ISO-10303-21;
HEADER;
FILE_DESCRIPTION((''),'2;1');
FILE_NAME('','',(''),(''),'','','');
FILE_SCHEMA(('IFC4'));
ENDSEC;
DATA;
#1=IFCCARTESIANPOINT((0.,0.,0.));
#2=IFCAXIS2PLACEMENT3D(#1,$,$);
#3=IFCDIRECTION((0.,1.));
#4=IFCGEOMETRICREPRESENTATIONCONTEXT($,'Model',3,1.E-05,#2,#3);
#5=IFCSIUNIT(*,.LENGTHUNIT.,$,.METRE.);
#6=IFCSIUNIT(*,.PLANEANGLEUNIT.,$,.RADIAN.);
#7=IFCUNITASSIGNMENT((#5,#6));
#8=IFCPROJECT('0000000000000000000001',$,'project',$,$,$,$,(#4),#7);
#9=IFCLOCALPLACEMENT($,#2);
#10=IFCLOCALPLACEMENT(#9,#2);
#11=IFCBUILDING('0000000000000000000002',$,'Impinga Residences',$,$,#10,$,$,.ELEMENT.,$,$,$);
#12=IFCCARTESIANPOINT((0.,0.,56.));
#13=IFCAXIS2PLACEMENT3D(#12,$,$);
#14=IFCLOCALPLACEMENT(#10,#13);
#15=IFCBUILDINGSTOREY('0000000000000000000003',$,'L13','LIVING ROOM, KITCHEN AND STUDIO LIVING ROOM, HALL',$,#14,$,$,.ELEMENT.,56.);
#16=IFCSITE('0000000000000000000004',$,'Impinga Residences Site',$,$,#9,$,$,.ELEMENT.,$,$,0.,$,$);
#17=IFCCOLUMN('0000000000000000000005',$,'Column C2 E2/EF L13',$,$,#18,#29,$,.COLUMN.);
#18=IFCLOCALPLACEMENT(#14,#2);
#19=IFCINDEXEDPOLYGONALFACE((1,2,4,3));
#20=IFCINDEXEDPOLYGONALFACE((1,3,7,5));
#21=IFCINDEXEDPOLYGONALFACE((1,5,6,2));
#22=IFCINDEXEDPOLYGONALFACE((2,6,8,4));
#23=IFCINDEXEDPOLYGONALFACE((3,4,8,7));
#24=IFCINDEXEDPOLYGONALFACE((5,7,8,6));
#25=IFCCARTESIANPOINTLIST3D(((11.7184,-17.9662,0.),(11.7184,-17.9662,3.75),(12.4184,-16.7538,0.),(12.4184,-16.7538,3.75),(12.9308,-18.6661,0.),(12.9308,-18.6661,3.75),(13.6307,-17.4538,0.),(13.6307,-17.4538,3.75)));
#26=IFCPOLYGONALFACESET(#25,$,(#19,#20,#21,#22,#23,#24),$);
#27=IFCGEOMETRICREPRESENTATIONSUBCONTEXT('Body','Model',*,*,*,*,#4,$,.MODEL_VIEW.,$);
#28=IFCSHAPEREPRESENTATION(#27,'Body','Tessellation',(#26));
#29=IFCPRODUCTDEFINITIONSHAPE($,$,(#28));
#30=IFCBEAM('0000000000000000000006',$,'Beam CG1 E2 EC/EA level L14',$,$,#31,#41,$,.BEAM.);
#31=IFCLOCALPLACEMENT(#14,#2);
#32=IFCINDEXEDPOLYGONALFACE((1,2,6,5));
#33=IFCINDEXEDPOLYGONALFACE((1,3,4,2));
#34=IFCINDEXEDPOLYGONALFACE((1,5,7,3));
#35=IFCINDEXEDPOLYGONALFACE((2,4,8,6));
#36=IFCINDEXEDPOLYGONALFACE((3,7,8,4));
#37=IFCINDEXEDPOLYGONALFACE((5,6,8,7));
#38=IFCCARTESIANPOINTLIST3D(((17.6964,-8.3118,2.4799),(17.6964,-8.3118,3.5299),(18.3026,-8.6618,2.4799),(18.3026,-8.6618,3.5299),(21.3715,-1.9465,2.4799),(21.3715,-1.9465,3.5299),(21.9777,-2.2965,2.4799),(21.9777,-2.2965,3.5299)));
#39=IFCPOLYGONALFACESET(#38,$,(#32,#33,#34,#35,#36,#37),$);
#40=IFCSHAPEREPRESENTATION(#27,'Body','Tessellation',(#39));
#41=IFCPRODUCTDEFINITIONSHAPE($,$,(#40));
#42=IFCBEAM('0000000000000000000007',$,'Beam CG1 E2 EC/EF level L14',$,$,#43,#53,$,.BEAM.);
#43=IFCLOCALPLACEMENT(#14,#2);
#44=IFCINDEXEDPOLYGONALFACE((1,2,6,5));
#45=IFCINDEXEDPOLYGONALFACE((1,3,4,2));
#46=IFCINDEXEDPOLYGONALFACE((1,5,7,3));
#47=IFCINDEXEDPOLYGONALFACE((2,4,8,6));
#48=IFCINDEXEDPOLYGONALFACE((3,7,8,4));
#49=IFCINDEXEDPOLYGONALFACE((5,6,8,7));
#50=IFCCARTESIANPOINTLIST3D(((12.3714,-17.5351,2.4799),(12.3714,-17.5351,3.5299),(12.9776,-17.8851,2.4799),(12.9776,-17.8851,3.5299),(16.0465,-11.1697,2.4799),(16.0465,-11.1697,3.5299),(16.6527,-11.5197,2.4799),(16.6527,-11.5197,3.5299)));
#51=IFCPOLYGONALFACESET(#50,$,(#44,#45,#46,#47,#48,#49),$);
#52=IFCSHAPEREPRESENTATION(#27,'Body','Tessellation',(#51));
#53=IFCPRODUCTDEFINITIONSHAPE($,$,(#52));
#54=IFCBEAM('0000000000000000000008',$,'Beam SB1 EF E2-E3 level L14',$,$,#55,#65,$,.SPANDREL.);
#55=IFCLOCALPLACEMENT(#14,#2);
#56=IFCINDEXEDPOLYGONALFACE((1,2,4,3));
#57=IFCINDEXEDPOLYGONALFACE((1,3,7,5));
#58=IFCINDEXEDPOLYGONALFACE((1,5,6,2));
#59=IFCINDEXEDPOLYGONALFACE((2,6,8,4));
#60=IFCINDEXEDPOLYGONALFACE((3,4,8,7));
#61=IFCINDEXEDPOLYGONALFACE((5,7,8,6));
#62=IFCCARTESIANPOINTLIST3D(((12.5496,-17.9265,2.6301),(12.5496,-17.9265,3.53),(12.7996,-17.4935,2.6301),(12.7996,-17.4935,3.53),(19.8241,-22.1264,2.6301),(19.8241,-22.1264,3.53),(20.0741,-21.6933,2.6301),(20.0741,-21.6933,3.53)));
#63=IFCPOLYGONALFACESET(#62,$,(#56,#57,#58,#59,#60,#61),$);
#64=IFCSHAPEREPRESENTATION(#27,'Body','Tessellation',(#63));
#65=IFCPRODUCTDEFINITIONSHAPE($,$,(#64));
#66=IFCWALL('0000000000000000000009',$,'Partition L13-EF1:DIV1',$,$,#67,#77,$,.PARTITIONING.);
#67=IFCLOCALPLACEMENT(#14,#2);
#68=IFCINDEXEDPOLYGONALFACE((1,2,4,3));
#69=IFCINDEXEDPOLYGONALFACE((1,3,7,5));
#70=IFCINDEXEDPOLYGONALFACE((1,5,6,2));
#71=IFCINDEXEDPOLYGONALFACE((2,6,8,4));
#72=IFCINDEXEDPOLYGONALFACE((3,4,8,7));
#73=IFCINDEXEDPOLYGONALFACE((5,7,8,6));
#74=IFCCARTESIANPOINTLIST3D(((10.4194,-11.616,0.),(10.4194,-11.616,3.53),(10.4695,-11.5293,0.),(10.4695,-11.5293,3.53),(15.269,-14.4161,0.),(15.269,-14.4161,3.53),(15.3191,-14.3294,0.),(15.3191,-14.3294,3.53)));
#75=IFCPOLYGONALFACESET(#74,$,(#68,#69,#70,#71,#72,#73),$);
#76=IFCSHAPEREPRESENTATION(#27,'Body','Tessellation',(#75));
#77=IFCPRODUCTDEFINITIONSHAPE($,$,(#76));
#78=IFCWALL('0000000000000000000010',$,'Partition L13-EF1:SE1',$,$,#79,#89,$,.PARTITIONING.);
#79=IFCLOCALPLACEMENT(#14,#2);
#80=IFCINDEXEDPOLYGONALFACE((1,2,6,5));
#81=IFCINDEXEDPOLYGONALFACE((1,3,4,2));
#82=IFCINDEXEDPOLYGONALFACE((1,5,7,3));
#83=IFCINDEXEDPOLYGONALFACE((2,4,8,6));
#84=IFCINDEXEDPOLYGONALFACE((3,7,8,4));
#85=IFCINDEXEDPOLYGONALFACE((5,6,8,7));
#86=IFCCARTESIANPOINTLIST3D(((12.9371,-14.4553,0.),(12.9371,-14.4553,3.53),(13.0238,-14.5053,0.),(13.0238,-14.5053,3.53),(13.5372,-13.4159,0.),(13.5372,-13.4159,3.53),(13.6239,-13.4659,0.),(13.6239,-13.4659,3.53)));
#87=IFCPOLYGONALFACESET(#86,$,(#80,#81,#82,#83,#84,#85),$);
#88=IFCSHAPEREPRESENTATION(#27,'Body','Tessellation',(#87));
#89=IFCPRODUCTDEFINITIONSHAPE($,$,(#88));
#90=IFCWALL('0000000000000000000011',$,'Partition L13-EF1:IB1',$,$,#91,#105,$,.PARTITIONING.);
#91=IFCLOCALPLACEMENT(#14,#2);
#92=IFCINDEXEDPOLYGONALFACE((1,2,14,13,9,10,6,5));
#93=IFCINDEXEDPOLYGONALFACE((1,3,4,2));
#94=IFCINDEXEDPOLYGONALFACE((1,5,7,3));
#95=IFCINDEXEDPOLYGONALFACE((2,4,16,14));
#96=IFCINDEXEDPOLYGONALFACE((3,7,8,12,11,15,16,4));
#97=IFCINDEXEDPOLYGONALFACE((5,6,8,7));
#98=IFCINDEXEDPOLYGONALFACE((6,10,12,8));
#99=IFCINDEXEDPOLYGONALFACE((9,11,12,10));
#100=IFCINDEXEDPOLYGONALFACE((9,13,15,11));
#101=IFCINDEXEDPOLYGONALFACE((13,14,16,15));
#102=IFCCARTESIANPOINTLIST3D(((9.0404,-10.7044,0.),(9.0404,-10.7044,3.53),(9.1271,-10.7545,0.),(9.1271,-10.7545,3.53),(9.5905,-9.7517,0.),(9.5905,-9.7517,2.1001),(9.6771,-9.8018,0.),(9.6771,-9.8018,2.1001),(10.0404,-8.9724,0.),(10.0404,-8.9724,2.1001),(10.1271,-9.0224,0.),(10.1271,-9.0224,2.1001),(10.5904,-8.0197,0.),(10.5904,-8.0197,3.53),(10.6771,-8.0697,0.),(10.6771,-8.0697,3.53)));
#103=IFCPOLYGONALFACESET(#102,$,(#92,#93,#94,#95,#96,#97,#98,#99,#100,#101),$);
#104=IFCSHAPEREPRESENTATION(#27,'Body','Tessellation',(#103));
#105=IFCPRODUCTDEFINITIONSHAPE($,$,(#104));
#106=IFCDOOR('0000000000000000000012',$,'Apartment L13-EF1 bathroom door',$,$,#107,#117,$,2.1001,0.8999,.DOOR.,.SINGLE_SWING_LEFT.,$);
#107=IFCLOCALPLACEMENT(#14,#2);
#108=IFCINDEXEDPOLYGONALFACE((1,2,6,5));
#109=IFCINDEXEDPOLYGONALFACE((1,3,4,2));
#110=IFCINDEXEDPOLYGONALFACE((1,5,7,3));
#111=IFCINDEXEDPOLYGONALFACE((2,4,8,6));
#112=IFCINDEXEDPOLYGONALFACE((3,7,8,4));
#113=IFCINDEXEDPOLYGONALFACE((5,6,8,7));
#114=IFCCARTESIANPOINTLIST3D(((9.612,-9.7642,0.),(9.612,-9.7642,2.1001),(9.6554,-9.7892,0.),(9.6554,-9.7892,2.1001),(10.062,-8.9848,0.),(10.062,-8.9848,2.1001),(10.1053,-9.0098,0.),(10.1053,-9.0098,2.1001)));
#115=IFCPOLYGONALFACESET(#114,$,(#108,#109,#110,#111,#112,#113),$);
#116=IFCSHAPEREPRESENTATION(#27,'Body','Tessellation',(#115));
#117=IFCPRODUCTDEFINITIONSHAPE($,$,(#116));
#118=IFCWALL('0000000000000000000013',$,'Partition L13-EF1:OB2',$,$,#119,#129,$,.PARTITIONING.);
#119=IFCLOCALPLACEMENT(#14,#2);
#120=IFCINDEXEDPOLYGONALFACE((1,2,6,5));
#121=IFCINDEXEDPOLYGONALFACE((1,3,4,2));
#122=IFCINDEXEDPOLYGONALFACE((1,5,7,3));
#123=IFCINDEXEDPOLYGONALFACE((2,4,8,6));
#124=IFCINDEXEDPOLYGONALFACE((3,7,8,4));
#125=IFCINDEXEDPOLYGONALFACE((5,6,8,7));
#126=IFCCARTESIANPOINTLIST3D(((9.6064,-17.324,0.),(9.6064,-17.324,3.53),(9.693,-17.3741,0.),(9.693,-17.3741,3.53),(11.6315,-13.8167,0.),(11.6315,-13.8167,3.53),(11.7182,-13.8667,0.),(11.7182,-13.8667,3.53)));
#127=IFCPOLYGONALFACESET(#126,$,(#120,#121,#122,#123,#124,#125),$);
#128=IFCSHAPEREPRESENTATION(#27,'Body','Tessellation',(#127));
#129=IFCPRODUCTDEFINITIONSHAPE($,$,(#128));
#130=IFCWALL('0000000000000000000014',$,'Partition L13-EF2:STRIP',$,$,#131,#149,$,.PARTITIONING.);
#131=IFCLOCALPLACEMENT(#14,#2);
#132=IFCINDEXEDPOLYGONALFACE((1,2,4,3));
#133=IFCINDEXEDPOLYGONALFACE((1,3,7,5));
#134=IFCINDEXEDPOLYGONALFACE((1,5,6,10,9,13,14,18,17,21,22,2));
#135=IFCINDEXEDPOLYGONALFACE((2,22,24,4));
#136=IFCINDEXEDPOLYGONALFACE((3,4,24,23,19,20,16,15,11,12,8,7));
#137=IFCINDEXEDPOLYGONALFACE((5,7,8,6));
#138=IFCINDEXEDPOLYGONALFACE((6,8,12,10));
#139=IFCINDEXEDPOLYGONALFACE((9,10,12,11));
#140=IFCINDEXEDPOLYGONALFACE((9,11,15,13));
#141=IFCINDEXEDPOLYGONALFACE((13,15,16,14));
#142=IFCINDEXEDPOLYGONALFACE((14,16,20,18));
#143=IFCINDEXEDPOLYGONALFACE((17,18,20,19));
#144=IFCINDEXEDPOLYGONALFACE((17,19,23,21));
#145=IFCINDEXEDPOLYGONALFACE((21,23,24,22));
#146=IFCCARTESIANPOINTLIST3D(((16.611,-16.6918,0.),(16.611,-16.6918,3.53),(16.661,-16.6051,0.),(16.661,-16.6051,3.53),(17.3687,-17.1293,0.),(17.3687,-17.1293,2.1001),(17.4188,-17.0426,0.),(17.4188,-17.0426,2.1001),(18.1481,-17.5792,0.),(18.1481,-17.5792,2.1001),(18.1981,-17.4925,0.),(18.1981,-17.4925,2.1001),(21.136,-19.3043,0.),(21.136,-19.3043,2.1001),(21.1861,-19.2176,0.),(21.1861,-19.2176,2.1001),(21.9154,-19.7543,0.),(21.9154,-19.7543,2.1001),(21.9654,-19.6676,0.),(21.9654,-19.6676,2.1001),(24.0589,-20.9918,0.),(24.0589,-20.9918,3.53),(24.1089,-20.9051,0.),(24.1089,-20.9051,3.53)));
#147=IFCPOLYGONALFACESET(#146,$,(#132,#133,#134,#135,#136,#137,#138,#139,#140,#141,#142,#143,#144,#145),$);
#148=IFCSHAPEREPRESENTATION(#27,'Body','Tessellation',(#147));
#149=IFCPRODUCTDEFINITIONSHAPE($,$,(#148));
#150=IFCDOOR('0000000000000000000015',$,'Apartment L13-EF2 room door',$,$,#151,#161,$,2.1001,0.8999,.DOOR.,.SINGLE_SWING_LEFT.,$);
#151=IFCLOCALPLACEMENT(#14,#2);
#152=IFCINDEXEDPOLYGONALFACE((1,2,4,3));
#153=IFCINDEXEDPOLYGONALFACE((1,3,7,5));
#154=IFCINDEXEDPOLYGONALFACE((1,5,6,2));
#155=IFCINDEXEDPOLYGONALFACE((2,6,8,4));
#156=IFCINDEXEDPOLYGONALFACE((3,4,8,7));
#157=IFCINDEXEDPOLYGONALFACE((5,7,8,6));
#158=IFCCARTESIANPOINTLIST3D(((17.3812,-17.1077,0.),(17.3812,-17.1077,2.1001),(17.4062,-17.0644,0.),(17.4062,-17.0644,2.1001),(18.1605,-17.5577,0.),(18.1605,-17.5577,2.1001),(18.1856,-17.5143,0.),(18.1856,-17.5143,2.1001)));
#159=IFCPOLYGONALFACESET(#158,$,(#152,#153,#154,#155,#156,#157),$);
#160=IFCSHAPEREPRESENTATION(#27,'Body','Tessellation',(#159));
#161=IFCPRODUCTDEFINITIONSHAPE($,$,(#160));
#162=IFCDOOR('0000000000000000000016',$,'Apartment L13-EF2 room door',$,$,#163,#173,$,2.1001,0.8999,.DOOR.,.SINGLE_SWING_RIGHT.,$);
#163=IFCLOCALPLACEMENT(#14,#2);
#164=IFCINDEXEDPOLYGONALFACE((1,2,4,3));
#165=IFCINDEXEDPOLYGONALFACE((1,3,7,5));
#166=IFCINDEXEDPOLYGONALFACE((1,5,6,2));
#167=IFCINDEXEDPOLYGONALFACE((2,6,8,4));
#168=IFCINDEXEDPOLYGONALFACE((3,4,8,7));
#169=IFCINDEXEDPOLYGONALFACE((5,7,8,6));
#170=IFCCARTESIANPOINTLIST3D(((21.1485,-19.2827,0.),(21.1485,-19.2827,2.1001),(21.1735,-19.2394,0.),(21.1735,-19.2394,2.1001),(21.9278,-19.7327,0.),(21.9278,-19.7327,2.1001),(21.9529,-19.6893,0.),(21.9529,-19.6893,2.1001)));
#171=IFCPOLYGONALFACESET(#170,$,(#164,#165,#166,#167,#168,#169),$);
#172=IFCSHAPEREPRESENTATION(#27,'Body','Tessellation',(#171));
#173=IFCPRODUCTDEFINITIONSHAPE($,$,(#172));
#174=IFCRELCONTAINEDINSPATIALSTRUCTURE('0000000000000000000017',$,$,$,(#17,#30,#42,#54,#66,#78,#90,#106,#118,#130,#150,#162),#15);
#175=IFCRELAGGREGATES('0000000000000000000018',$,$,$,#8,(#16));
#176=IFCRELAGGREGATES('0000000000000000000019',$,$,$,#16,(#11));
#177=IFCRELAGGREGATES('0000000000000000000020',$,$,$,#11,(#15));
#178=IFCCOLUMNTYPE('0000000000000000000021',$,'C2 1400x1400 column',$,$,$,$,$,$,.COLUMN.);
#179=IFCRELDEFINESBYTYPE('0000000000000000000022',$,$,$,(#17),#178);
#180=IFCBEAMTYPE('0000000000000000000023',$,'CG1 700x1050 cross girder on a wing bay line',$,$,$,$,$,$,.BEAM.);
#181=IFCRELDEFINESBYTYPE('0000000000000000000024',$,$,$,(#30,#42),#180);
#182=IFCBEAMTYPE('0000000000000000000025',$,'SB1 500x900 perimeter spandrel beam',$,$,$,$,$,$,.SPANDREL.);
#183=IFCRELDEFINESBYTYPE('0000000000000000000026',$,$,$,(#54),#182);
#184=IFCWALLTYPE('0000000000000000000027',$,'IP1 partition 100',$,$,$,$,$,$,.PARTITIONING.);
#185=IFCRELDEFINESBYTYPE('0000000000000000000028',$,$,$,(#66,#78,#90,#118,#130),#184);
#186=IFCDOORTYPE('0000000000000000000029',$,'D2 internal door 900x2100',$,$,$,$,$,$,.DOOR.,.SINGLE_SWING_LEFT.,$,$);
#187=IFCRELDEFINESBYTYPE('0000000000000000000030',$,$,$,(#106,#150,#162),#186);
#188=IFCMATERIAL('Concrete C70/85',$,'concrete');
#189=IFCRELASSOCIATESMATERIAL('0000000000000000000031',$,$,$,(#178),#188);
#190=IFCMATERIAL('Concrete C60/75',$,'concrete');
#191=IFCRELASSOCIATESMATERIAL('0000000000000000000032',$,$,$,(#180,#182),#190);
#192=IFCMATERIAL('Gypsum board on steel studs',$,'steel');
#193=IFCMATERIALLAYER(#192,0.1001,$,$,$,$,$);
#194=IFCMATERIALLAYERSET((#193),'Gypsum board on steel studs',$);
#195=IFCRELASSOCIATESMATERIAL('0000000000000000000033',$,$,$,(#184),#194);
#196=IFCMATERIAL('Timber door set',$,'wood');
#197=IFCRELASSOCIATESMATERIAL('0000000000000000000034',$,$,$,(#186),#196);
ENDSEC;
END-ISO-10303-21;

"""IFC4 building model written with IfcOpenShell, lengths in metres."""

from ifc_helpers import new_model, si_unit, direction, frame, frame_2d, origin, origin_2d, place, context, subcontext, project, spatial, rectangle, extrude, material, layer, layer_set, material_profile, profile_set, type_object, element, fill, save


model = new_model("IFC4")

# Units and contexts
model_context = context("Model", 3, precision=1e-05, world=origin(), true_north=direction((0.0, 1.0)))
body_context = subcontext(model_context, "Body", "Model", "MODEL_VIEW")
ifc_project = project(units=[si_unit("LENGTHUNIT", "METRE"), si_unit("PLANEANGLEUNIT", "RADIAN")], contexts=[model_context])

# Site, building, storey
site_placement = place(None, origin())
site = spatial("IfcSite", under=ifc_project, at=site_placement, Name="Impinga Residences Site", CompositionType="ELEMENT", RefElevation=0.0)
building_placement = place(site_placement, origin())
building = spatial("IfcBuilding", under=site, at=building_placement, Name="Impinga Residences", CompositionType="ELEMENT")
storey_placement = place(building_placement, frame((0.0, 0.0, 56.0)))
storey = spatial("IfcBuildingStorey", under=building, at=storey_placement, Name="L13", Description="LIVING ROOM, KITCHEN AND STUDIO LIVING ROOM, HALL", CompositionType="ELEMENT", Elevation=56.0)

# Column
ifc_material_1 = material(Name="Concrete C70/85", Category="concrete")
ifc_material_profile_1 = material_profile(ifc_material_1, rectangle(XDim=1.3999, YDim=1.3999, at=origin_2d()), Name="RC 1400x1400")
ifc_profile_set_1 = profile_set([ifc_material_profile_1], Name="Concrete C70/85")
column_type = type_object("IfcColumnType", Name="C2 1400x1400 column", PredefinedType="COLUMN", material=ifc_profile_set_1)
column_placement = place(storey_placement, frame((12.6746, -17.71, 0.0), z_axis=(0.0, 0.0, 1.0), x_axis=(-0.5, -0.866025, 0.0)))
element("IfcColumn", 1, at=column_placement, inside=storey, type_object=column_type, Name="Column C2 E2/EF L13", PredefinedType="COLUMN", context=body_context, shape_type="SweptSolid", body=[
    extrude(rectangle(XDim=1.3999, YDim=1.3999, at=origin_2d()), origin(), (0.0, 0.0, 1.0), 3.75),
])

# Beams
ifc_material_2 = material(Name="Concrete C60/75", Category="concrete")
ifc_material_profile_2 = material_profile(ifc_material_2, rectangle(XDim=0.7, YDim=1.05, at=origin_2d()), Name="RC 700x1050")
ifc_profile_set_2 = profile_set([ifc_material_profile_2], Name="Concrete C60/75")
beam_type_1 = type_object("IfcBeamType", Name="CG1 700x1050 cross girder on a wing bay line", PredefinedType="BEAM", material=ifc_profile_set_2)
for number, where, z_axis, x_axis, name in (
    (2, (17.9995, -8.4868, 3.0049), (0.500008, 0.866021, 0.0), (-0.866021, 0.500008, 0.0), "Beam CG1 E2 EC/EA level L14"),
    (3, (16.3496, -11.3447, 3.0049), (-0.500008, -0.866021, 0.0), (0.866021, -0.500008, 0.0), "Beam CG1 E2 EC/EF level L14"),
):
    element("IfcBeam", number, at=place(storey_placement, frame(where, z_axis=z_axis, x_axis=x_axis)), inside=storey, type_object=beam_type_1, Name=name, PredefinedType="BEAM", context=body_context, shape_type="SweptSolid", body=[
        extrude(rectangle(XDim=0.7, YDim=1.05, at=origin_2d()), origin(), (0.0, 0.0, 1.0), 7.3501),
    ])
ifc_material_profile_3 = material_profile(ifc_material_2, rectangle(XDim=0.5, YDim=0.8999, at=origin_2d()), Name="RC 500x900")
ifc_profile_set_3 = profile_set([ifc_material_profile_3], Name="Concrete C60/75")
beam_type_2 = type_object("IfcBeamType", Name="SB1 500x900 perimeter spandrel beam", PredefinedType="SPANDREL", material=ifc_profile_set_3)
beam_placement = place(storey_placement, frame((12.6746, -17.71, 3.0801), z_axis=(0.866029, -0.499993, 0.0), x_axis=(0.499993, 0.866029, 0.0)))
element("IfcBeam", 4, at=beam_placement, inside=storey, type_object=beam_type_2, Name="Beam SB1 EF E2-E3 level L14", PredefinedType="SPANDREL", context=body_context, shape_type="SweptSolid", body=[
    extrude(rectangle(XDim=0.5, YDim=0.8999, at=origin_2d()), origin(), (0.0, 0.0, 1.0), 8.3999),
])

# Walls
ifc_material_3 = material(Name="Gypsum board on steel studs", Category="steel")
ifc_layer_1 = layer(ifc_material_3, 0.1001)
ifc_layer_set_1 = layer_set([ifc_layer_1], Name="Gypsum board on steel studs")
wall_type_1 = type_object("IfcWallType", Name="IP1 partition 100", PredefinedType="PARTITIONING", material=ifc_layer_set_1)
wall_1_placement = place(storey_placement, frame((10.4446, -11.5728, 0.0), z_axis=(0.0, 0.0, 1.0), x_axis=(0.866016, -0.500017, 0.0)))
element("IfcWall", 5, at=wall_1_placement, inside=storey, type_object=wall_type_1, Name="Partition L13-EF1:DIV1", PredefinedType="PARTITIONING", context=body_context, shape_type="SweptSolid", body=[
    extrude(rectangle(XDim=5.5999, YDim=0.1001, at=frame_2d((2.7998, 0.0))), origin(), (0.0, 0.0, 1.0), 3.53),
])
wall_2_placement = place(storey_placement, frame((13.5806, -13.4409, 0.0), z_axis=(0.0, 0.0, 1.0), x_axis=(-0.500034, -0.866006, 0.0)))
element("IfcWall", 6, at=wall_2_placement, inside=storey, type_object=wall_type_1, Name="Partition L13-EF1:SE1", PredefinedType="PARTITIONING", context=body_context, shape_type="SweptSolid", body=[
    extrude(rectangle(XDim=1.2002, YDim=0.1001, at=frame_2d((0.6001, 0.0))), origin(), (0.0, 0.0, 1.0), 3.53),
])

# Wall, opening, door
wall_3_placement = place(storey_placement, frame((10.6338, -8.0447, 0.0), z_axis=(0.0, 0.0, 1.0), x_axis=(-0.499993, -0.86603, 0.0)))
wall_3 = element("IfcWall", 7, at=wall_3_placement, inside=storey, type_object=wall_type_1, Name="Partition L13-EF1:IB1", PredefinedType="PARTITIONING", context=body_context, shape_type="SweptSolid", body=[
    extrude(rectangle(XDim=3.1001, YDim=0.1001, at=frame_2d((1.55, 0.0))), origin(), (0.0, 0.0, 1.0), 3.53),
])
opening_1_placement = place(wall_3_placement, frame((1.1001, 0.0, 0.0)))
opening_1 = element("IfcOpeningElement", 8, at=opening_1_placement, cuts=wall_3, PredefinedType="OPENING", context=body_context, shape_type="SweptSolid", body=[
    extrude(rectangle(XDim=0.8999, YDim=2.1001, at=frame_2d((0.45, 1.05))), frame((0.0, 0.0601, 0.0), z_axis=(0.0, -1.0, 0.0), x_axis=(1.0, 0.0, 0.0)), (0.0, 0.0, 1.0), 0.1201),
])
ifc_material_4 = material(Name="Timber door set", Category="wood")
door_type = type_object("IfcDoorType", Name="D2 internal door 900x2100", OperationType="SINGLE_SWING_LEFT", PredefinedType="DOOR", material=ifc_material_4)
door_1_placement = place(opening_1_placement, origin())
door_1 = element("IfcDoor", 9, at=door_1_placement, inside=storey, type_object=door_type, Name="Apartment L13-EF1 bathroom door", OperationType="SINGLE_SWING_LEFT", OverallHeight=2.1001, OverallWidth=0.8999, PredefinedType="DOOR", context=body_context, shape_type="SweptSolid", body=[
    extrude(rectangle(XDim=0.8999, YDim=2.1001, at=frame_2d((0.45, 1.05))), frame((0.0, 0.0249, 0.0), z_axis=(0.0, -1.0, 0.0), x_axis=(1.0, 0.0, 0.0)), (0.0, 0.0, 1.0), 0.05),
])
fill(opening_1, door_1)

# Wall
wall_4_placement = place(storey_placement, frame((11.6748, -13.8418, 0.0), z_axis=(0.0, 0.0, 1.0), x_axis=(-0.500036, -0.866005, 0.0)))
element("IfcWall", 10, at=wall_4_placement, inside=storey, type_object=wall_type_1, Name="Partition L13-EF1:OB2", PredefinedType="PARTITIONING", context=body_context, shape_type="SweptSolid", body=[
    extrude(rectangle(XDim=4.05, YDim=0.1001, at=frame_2d((2.0249, 0.0))), origin(), (0.0, 0.0, 1.0), 3.53),
])

# Wall, openings, doors
wall_5_placement = place(storey_placement, frame((16.636, -16.6484, 0.0), z_axis=(0.0, 0.0, 1.0), x_axis=(0.866028, -0.499995, 0.0)))
wall_5 = element("IfcWall", 11, at=wall_5_placement, inside=storey, type_object=wall_type_1, Name="Partition L13-EF2:STRIP", PredefinedType="PARTITIONING", context=body_context, shape_type="SweptSolid", body=[
    extrude(rectangle(XDim=8.6001, YDim=0.1001, at=frame_2d((4.3, 0.0))), origin(), (0.0, 0.0, 1.0), 3.53),
])
opening_2_placement = place(wall_5_placement, frame((0.875, 0.0, 0.0)))
opening_2 = element("IfcOpeningElement", 12, at=opening_2_placement, cuts=wall_5, PredefinedType="OPENING", context=body_context, shape_type="SweptSolid", body=[
    extrude(rectangle(XDim=0.8999, YDim=2.1001, at=frame_2d((0.45, 1.05))), frame((0.0, 0.0601, 0.0), z_axis=(0.0, -1.0, 0.0), x_axis=(1.0, 0.0, 0.0)), (0.0, 0.0, 1.0), 0.1201),
])
opening_3_placement = place(wall_5_placement, frame((5.2251, 0.0, 0.0)))
opening_3 = element("IfcOpeningElement", 13, at=opening_3_placement, cuts=wall_5, PredefinedType="OPENING", context=body_context, shape_type="SweptSolid", body=[
    extrude(rectangle(XDim=0.8999, YDim=2.1001, at=frame_2d((0.45, 1.05))), frame((0.0, 0.0601, 0.0), z_axis=(0.0, -1.0, 0.0), x_axis=(1.0, 0.0, 0.0)), (0.0, 0.0, 1.0), 0.1201),
])
door_2_placement = place(opening_2_placement, origin())
door_2 = element("IfcDoor", 14, at=door_2_placement, inside=storey, type_object=door_type, Name="Apartment L13-EF2 room door", OperationType="SINGLE_SWING_LEFT", OverallHeight=2.1001, OverallWidth=0.8999, PredefinedType="DOOR", context=body_context, shape_type="SweptSolid", body=[
    extrude(rectangle(XDim=0.8999, YDim=2.1001, at=frame_2d((0.45, 1.05))), frame((0.0, 0.0249, 0.0), z_axis=(0.0, -1.0, 0.0), x_axis=(1.0, 0.0, 0.0)), (0.0, 0.0, 1.0), 0.05),
])
fill(opening_2, door_2)
door_3_placement = place(opening_3_placement, origin())
door_3 = element("IfcDoor", 15, at=door_3_placement, inside=storey, type_object=door_type, Name="Apartment L13-EF2 room door", OperationType="SINGLE_SWING_RIGHT", OverallHeight=2.1001, OverallWidth=0.8999, PredefinedType="DOOR", context=body_context, shape_type="SweptSolid", body=[
    extrude(rectangle(XDim=0.8999, YDim=2.1001, at=frame_2d((0.45, 1.05))), frame((0.0, 0.0249, 0.0), z_axis=(0.0, -1.0, 0.0), x_axis=(1.0, 0.0, 0.0)), (0.0, 0.0, 1.0), 0.05),
])
fill(opening_3, door_3)

save(model, "model.ifc")
